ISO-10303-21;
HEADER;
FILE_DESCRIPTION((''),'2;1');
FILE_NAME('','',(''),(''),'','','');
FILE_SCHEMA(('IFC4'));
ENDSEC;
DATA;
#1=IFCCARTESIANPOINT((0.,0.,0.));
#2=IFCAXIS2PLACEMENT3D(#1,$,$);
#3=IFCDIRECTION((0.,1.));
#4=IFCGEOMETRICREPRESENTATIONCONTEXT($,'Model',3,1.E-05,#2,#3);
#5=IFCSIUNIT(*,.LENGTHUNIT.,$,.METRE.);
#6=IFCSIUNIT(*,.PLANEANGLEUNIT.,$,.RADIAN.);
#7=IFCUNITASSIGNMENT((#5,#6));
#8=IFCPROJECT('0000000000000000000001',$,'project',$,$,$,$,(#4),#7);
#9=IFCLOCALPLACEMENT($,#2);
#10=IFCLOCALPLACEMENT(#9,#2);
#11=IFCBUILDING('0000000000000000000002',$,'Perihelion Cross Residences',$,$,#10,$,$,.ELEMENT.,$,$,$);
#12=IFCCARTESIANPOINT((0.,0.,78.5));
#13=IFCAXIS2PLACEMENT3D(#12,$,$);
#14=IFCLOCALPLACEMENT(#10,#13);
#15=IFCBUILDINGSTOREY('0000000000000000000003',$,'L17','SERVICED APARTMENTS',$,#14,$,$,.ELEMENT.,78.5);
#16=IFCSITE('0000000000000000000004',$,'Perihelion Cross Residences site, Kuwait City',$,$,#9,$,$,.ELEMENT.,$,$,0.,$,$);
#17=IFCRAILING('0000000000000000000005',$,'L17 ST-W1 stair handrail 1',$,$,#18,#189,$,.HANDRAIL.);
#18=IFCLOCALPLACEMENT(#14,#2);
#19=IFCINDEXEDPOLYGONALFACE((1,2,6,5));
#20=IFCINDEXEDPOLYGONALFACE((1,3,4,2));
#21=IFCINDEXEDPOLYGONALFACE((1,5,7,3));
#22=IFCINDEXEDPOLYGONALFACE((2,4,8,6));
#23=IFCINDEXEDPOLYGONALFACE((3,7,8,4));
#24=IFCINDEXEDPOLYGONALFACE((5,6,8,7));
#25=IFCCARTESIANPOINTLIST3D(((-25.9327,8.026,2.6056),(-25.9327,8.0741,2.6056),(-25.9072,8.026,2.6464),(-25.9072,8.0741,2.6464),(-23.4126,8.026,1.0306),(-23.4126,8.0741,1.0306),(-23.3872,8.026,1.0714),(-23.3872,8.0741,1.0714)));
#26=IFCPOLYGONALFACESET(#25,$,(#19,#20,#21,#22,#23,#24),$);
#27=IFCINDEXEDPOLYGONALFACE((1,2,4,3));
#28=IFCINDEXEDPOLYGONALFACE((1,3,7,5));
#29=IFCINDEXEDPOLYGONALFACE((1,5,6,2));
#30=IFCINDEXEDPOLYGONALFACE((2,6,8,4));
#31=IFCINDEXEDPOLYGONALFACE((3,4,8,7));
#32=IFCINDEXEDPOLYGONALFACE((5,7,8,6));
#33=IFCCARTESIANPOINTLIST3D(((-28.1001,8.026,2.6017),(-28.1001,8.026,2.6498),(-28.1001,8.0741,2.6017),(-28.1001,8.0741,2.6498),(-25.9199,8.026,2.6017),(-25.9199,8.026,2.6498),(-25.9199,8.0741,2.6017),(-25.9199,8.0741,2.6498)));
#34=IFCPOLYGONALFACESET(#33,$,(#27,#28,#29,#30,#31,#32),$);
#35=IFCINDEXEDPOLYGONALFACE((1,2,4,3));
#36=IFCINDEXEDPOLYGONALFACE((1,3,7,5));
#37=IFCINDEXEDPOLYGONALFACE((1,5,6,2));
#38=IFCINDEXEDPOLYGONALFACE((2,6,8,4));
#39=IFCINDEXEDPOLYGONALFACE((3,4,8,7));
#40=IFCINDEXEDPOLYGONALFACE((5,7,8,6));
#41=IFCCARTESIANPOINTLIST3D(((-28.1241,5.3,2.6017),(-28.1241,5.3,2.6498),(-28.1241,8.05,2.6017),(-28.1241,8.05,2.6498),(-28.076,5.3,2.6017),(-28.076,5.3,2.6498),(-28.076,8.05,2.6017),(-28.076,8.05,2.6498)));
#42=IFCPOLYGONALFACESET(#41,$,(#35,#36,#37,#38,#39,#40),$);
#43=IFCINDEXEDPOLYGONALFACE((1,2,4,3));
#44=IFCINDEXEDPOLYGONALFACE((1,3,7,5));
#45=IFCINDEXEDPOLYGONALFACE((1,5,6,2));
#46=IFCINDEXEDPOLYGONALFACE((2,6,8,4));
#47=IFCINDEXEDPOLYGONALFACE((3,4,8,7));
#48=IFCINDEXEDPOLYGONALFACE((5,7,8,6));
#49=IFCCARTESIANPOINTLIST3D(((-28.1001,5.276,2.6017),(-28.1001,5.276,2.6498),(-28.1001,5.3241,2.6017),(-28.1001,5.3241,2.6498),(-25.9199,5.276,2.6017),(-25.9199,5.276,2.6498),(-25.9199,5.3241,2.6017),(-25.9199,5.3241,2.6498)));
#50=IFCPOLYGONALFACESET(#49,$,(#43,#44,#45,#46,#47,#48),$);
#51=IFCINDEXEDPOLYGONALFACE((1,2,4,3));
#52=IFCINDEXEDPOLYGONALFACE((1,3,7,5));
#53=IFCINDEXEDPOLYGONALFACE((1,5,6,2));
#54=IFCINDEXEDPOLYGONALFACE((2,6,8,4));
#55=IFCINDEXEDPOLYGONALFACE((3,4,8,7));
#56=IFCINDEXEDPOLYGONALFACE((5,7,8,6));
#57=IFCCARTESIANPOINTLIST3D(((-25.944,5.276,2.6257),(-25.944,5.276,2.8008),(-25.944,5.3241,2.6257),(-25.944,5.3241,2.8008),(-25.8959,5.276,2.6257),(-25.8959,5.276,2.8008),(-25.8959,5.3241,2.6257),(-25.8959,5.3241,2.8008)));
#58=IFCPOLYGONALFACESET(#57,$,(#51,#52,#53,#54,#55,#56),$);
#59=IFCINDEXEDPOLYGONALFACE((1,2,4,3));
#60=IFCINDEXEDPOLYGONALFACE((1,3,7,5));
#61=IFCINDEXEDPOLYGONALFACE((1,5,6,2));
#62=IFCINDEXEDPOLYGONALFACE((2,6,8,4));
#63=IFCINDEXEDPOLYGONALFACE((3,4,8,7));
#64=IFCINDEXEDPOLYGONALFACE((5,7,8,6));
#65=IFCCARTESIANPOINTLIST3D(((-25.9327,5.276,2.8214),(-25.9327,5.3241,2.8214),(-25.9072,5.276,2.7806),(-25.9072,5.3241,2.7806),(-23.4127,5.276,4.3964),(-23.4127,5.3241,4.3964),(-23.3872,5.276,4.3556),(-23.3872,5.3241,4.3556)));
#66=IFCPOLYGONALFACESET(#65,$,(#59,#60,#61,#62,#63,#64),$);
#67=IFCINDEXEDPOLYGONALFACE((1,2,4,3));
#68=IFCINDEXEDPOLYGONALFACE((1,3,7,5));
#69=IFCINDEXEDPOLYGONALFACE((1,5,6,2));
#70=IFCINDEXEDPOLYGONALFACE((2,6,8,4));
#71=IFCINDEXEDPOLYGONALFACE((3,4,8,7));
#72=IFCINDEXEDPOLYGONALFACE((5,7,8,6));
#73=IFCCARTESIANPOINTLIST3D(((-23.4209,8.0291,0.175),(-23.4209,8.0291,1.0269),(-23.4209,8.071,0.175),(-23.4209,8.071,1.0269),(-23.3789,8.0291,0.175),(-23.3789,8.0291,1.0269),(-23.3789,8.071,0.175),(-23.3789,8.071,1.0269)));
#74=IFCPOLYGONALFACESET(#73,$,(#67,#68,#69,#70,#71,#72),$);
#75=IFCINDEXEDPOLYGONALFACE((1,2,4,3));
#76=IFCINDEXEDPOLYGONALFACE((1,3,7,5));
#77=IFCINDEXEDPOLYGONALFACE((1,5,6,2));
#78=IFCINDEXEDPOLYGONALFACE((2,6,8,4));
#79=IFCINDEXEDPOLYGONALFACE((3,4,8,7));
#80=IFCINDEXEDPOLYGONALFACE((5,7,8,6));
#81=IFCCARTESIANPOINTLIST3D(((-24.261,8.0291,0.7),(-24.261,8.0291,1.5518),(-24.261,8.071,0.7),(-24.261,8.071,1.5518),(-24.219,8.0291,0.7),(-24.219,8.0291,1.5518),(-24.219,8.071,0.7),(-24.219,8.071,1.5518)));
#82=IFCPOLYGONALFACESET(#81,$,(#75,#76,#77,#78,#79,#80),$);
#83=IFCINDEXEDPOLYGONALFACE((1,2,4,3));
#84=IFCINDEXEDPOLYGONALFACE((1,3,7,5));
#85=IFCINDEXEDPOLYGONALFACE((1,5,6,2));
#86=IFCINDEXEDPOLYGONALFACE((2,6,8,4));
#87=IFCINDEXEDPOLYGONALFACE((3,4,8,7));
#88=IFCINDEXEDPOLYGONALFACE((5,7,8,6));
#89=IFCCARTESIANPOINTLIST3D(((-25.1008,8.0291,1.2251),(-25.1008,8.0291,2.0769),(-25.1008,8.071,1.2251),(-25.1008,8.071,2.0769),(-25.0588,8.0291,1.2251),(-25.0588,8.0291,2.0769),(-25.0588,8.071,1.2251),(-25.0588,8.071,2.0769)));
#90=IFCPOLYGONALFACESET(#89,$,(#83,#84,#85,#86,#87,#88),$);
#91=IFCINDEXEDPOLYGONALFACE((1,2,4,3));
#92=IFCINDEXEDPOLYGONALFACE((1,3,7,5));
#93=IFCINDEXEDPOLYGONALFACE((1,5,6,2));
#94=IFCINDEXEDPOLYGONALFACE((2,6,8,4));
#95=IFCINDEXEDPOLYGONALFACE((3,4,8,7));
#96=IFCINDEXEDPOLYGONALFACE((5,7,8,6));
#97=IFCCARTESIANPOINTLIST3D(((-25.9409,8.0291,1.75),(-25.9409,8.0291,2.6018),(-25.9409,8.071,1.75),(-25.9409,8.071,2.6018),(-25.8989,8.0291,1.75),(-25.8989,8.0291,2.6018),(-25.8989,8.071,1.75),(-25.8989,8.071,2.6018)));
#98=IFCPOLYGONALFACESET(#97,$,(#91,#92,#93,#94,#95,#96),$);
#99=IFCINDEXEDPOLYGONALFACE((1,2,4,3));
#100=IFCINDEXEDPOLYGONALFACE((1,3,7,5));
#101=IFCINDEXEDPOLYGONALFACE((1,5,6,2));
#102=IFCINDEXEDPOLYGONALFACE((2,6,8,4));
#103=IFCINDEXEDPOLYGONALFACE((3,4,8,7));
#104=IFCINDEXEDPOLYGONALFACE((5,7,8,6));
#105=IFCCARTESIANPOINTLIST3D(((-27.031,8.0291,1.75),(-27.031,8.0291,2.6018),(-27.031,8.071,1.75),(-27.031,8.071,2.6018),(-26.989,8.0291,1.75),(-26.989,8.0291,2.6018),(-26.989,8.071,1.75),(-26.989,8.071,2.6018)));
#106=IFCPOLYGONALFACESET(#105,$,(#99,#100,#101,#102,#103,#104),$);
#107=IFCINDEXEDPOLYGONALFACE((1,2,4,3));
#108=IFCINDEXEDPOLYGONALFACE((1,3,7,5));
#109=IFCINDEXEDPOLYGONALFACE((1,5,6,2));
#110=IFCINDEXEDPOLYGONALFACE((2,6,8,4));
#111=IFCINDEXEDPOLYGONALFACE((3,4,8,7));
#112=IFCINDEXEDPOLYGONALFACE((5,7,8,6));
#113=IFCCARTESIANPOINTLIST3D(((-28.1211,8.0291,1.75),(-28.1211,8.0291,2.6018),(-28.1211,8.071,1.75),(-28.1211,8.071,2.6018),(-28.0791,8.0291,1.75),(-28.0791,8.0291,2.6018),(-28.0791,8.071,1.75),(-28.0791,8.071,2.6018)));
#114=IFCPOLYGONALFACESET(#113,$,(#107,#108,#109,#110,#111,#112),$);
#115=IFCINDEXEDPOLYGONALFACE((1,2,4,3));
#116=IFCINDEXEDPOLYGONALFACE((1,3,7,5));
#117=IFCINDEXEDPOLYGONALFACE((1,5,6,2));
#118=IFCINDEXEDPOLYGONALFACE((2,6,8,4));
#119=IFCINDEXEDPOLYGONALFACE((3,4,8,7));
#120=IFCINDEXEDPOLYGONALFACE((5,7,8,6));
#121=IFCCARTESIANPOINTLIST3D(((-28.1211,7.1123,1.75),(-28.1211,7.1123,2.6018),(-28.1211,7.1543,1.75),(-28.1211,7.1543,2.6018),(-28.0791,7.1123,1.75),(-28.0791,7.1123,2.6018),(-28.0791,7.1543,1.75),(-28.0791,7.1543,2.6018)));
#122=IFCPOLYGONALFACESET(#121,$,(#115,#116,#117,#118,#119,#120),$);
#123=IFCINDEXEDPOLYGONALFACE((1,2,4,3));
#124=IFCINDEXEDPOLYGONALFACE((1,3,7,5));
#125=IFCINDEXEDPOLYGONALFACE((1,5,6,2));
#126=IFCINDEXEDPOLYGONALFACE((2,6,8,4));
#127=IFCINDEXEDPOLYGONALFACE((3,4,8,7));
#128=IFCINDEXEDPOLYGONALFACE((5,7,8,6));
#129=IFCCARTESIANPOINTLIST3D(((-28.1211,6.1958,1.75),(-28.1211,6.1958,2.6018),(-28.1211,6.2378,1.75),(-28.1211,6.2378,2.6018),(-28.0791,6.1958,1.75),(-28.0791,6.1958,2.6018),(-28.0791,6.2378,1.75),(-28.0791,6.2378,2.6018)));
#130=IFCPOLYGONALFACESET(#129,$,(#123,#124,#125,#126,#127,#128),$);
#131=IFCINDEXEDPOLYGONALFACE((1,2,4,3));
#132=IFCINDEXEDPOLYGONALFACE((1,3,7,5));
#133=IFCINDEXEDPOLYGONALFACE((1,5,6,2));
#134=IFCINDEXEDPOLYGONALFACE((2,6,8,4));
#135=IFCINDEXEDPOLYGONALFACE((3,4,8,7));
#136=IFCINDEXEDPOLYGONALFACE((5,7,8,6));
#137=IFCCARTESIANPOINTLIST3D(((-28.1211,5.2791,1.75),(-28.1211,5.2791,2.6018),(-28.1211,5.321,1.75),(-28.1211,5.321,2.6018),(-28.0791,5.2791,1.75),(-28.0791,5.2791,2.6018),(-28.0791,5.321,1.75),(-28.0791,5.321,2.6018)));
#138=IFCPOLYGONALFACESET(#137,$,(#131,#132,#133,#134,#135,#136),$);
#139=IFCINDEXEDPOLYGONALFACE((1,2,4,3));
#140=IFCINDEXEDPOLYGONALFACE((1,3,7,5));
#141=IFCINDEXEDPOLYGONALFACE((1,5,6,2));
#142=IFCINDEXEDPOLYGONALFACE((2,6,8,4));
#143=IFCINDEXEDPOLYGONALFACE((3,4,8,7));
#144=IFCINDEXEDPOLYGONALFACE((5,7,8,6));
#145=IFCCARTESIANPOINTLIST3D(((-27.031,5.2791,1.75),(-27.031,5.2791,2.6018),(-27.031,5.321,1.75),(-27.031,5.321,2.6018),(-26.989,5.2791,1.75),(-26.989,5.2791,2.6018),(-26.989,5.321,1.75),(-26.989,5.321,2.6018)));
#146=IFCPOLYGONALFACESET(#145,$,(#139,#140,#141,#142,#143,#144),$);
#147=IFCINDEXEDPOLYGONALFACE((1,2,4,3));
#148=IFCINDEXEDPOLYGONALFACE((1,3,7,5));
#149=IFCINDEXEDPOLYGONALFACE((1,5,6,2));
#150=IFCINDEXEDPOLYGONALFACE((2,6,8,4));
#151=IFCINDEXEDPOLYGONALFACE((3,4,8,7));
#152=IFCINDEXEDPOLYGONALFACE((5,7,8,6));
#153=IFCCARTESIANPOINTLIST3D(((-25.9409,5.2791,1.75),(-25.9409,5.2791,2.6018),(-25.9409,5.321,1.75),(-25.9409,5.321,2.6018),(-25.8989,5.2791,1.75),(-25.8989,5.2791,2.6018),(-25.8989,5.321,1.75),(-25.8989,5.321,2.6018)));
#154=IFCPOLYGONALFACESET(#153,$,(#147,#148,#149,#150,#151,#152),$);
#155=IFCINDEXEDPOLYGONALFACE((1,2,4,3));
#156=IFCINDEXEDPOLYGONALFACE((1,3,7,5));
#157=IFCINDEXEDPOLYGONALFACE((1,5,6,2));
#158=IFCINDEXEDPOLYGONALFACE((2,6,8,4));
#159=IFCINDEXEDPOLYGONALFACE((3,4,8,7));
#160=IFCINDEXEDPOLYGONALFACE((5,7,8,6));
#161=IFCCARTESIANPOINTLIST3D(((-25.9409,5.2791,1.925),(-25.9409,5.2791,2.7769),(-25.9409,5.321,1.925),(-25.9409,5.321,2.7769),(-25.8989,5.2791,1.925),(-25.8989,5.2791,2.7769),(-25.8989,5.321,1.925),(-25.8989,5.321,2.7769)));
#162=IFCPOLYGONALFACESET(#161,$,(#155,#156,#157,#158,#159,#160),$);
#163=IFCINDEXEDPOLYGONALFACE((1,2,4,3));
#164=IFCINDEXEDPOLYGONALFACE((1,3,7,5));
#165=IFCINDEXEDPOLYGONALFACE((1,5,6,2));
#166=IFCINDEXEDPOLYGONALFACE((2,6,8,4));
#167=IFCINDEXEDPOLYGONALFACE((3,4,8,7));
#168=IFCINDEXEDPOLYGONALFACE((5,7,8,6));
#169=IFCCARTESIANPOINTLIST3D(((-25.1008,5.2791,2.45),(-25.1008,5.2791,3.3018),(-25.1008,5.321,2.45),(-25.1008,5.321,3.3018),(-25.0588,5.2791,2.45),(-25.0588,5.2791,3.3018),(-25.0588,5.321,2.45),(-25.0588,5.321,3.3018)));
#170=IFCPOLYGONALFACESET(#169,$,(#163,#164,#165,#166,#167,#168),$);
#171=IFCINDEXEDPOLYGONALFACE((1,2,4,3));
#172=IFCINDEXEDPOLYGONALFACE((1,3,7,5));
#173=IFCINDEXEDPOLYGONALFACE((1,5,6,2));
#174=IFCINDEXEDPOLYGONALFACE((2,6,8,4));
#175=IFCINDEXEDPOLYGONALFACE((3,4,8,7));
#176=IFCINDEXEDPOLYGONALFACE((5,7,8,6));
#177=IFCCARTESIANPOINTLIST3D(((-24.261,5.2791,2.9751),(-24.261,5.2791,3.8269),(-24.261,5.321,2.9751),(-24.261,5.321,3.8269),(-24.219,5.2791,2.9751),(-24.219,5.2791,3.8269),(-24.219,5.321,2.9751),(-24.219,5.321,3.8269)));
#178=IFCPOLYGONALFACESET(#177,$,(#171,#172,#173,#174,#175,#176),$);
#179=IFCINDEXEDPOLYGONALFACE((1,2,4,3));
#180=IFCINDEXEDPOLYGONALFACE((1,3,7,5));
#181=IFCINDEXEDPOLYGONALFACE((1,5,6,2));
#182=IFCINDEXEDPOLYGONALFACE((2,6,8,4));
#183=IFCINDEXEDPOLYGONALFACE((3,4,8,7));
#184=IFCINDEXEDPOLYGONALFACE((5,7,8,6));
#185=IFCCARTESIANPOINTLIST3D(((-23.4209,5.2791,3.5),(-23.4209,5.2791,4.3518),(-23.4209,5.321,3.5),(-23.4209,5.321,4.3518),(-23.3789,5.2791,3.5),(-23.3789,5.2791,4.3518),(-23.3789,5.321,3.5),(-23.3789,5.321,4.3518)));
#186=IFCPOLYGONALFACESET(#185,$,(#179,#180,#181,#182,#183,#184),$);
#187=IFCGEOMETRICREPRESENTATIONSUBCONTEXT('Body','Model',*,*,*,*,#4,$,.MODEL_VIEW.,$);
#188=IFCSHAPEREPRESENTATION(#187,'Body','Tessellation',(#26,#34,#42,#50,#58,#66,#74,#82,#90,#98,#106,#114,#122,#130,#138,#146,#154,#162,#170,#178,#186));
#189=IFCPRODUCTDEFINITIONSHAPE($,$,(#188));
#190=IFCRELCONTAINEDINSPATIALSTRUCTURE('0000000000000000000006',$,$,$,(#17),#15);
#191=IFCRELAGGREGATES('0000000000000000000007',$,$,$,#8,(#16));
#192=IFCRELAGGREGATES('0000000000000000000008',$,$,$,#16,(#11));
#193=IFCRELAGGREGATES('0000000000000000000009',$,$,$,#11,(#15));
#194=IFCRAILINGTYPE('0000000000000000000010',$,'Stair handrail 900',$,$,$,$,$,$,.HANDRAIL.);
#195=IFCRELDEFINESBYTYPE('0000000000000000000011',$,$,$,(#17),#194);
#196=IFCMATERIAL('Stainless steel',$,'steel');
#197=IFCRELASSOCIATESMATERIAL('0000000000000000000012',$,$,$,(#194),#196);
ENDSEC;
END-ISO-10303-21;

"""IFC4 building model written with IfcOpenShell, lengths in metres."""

from ifc_helpers import new_model, si_unit, direction, frame, origin, origin_2d, place, context, subcontext, project, spatial, rectangle, extrude, material, type_object, element, save


model = new_model("IFC4")

# Units and contexts
model_context = context("Model", 3, precision=1e-05, world=origin(), true_north=direction((0.0, 1.0)))
body_context = subcontext(model_context, "Body", "Model", "MODEL_VIEW")
ifc_project = project(units=[si_unit("LENGTHUNIT", "METRE"), si_unit("PLANEANGLEUNIT", "RADIAN")], contexts=[model_context])

# Site, building, storey
site_placement = place(None, origin())
site = spatial("IfcSite", under=ifc_project, at=site_placement, Name="Perihelion Cross Residences site, Kuwait City", CompositionType="ELEMENT", RefElevation=0.0)
building_placement = place(site_placement, origin())
building = spatial("IfcBuilding", under=site, at=building_placement, Name="Perihelion Cross Residences", CompositionType="ELEMENT")
storey_placement = place(building_placement, frame((0.0, 0.0, 78.5)))
storey = spatial("IfcBuildingStorey", under=building, at=storey_placement, Name="L17", Description="SERVICED APARTMENTS", CompositionType="ELEMENT", Elevation=78.5)

# Railing
ifc_material_1 = material(Name="Stainless steel", Category="steel")
railing_type_1 = type_object("IfcRailingType", Name="Stair handrail 900", PredefinedType="HANDRAIL", material=ifc_material_1)
railing_1_placement = place(storey_placement, frame((-23.3999, 8.05, 0.175)))
element("IfcRailing", 1, at=railing_1_placement, inside=storey, type_object=railing_type_1, Name="L17 ST-W1 stair handrail 1", PredefinedType="HANDRAIL", context=body_context, shape_type="SweptSolid", body=[
    extrude(rectangle(XDim=0.0481, YDim=0.0481, at=origin_2d()), frame((0.0, 0.0, 0.876), z_axis=(-0.848008, 0.0, 0.529984), x_axis=(0.0, -1.0, 0.0)), (0.0, 0.0, 1.0), 2.9717),
    extrude(rectangle(XDim=0.0481, YDim=0.0481, at=origin_2d()), frame((-2.52, 0.0, 2.4507), z_axis=(-1.0, 0.0, 0.0), x_axis=(0.0, -1.0, 0.0)), (0.0, 0.0, 1.0), 2.1802),
    extrude(rectangle(XDim=0.0481, YDim=0.0481, at=origin_2d()), frame((-4.7002, 0.0, 2.4507), z_axis=(0.0, -1.0, 0.0), x_axis=(1.0, 0.0, 0.0)), (0.0, 0.0, 1.0), 2.75),
    extrude(rectangle(XDim=0.0481, YDim=0.0481, at=origin_2d()), frame((-4.7002, -2.75, 2.4507), z_axis=(1.0, 0.0, 0.0), x_axis=(0.0, 1.0, 0.0)), (0.0, 0.0, 1.0), 2.1802),
    extrude(rectangle(XDim=0.0481, YDim=0.0481, at=origin_2d()), frame((-2.52, -2.75, 2.4507), z_axis=(0.0, 0.0, 1.0), x_axis=(1.0, 0.0, 0.0)), (0.0, 0.0, 1.0), 0.175),
    extrude(rectangle(XDim=0.0481, YDim=0.0481, at=origin_2d()), frame((-2.52, -2.75, 2.626), z_axis=(0.848008, 0.0, 0.529984), x_axis=(0.0, 1.0, 0.0)), (0.0, 0.0, 1.0), 2.9717),
    extrude(rectangle(XDim=0.042, YDim=0.042, at=origin_2d()), origin(), (0.0, 0.0, 1.0), 0.8518),
    extrude(rectangle(XDim=0.042, YDim=0.042, at=origin_2d()), frame((-0.8401, 0.0, 0.5249)), (0.0, 0.0, 1.0), 0.8518),
    extrude(rectangle(XDim=0.042, YDim=0.042, at=origin_2d()), frame((-1.6799, 0.0, 1.05)), (0.0, 0.0, 1.0), 0.8518),
    extrude(rectangle(XDim=0.042, YDim=0.042, at=origin_2d()), frame((-2.52, 0.0, 1.575)), (0.0, 0.0, 1.0), 0.8518),
    extrude(rectangle(XDim=0.042, YDim=0.042, at=origin_2d()), frame((-3.6101, 0.0, 1.575)), (0.0, 0.0, 1.0), 0.8518),
    extrude(rectangle(XDim=0.042, YDim=0.042, at=origin_2d()), frame((-4.7002, 0.0, 1.575)), (0.0, 0.0, 1.0), 0.8518),
    extrude(rectangle(XDim=0.042, YDim=0.042, at=origin_2d()), frame((-4.7002, -0.9167, 1.575)), (0.0, 0.0, 1.0), 0.8518),
    extrude(rectangle(XDim=0.042, YDim=0.042, at=origin_2d()), frame((-4.7002, -1.8333, 1.575)), (0.0, 0.0, 1.0), 0.8518),
    extrude(rectangle(XDim=0.042, YDim=0.042, at=origin_2d()), frame((-4.7002, -2.75, 1.575)), (0.0, 0.0, 1.0), 0.8518),
    extrude(rectangle(XDim=0.042, YDim=0.042, at=origin_2d()), frame((-3.6101, -2.75, 1.575)), (0.0, 0.0, 1.0), 0.8518),
    extrude(rectangle(XDim=0.042, YDim=0.042, at=origin_2d()), frame((-2.52, -2.75, 1.575)), (0.0, 0.0, 1.0), 0.8518),
    extrude(rectangle(XDim=0.042, YDim=0.042, at=origin_2d()), frame((-2.52, -2.75, 1.75)), (0.0, 0.0, 1.0), 0.8518),
    extrude(rectangle(XDim=0.042, YDim=0.042, at=origin_2d()), frame((-1.6799, -2.75, 2.2749)), (0.0, 0.0, 1.0), 0.8518),
    extrude(rectangle(XDim=0.042, YDim=0.042, at=origin_2d()), frame((-0.8401, -2.75, 2.8)), (0.0, 0.0, 1.0), 0.8518),
    extrude(rectangle(XDim=0.042, YDim=0.042, at=origin_2d()), frame((0.0, -2.75, 3.325)), (0.0, 0.0, 1.0), 0.8518),
])

save(model, "model.ifc")
